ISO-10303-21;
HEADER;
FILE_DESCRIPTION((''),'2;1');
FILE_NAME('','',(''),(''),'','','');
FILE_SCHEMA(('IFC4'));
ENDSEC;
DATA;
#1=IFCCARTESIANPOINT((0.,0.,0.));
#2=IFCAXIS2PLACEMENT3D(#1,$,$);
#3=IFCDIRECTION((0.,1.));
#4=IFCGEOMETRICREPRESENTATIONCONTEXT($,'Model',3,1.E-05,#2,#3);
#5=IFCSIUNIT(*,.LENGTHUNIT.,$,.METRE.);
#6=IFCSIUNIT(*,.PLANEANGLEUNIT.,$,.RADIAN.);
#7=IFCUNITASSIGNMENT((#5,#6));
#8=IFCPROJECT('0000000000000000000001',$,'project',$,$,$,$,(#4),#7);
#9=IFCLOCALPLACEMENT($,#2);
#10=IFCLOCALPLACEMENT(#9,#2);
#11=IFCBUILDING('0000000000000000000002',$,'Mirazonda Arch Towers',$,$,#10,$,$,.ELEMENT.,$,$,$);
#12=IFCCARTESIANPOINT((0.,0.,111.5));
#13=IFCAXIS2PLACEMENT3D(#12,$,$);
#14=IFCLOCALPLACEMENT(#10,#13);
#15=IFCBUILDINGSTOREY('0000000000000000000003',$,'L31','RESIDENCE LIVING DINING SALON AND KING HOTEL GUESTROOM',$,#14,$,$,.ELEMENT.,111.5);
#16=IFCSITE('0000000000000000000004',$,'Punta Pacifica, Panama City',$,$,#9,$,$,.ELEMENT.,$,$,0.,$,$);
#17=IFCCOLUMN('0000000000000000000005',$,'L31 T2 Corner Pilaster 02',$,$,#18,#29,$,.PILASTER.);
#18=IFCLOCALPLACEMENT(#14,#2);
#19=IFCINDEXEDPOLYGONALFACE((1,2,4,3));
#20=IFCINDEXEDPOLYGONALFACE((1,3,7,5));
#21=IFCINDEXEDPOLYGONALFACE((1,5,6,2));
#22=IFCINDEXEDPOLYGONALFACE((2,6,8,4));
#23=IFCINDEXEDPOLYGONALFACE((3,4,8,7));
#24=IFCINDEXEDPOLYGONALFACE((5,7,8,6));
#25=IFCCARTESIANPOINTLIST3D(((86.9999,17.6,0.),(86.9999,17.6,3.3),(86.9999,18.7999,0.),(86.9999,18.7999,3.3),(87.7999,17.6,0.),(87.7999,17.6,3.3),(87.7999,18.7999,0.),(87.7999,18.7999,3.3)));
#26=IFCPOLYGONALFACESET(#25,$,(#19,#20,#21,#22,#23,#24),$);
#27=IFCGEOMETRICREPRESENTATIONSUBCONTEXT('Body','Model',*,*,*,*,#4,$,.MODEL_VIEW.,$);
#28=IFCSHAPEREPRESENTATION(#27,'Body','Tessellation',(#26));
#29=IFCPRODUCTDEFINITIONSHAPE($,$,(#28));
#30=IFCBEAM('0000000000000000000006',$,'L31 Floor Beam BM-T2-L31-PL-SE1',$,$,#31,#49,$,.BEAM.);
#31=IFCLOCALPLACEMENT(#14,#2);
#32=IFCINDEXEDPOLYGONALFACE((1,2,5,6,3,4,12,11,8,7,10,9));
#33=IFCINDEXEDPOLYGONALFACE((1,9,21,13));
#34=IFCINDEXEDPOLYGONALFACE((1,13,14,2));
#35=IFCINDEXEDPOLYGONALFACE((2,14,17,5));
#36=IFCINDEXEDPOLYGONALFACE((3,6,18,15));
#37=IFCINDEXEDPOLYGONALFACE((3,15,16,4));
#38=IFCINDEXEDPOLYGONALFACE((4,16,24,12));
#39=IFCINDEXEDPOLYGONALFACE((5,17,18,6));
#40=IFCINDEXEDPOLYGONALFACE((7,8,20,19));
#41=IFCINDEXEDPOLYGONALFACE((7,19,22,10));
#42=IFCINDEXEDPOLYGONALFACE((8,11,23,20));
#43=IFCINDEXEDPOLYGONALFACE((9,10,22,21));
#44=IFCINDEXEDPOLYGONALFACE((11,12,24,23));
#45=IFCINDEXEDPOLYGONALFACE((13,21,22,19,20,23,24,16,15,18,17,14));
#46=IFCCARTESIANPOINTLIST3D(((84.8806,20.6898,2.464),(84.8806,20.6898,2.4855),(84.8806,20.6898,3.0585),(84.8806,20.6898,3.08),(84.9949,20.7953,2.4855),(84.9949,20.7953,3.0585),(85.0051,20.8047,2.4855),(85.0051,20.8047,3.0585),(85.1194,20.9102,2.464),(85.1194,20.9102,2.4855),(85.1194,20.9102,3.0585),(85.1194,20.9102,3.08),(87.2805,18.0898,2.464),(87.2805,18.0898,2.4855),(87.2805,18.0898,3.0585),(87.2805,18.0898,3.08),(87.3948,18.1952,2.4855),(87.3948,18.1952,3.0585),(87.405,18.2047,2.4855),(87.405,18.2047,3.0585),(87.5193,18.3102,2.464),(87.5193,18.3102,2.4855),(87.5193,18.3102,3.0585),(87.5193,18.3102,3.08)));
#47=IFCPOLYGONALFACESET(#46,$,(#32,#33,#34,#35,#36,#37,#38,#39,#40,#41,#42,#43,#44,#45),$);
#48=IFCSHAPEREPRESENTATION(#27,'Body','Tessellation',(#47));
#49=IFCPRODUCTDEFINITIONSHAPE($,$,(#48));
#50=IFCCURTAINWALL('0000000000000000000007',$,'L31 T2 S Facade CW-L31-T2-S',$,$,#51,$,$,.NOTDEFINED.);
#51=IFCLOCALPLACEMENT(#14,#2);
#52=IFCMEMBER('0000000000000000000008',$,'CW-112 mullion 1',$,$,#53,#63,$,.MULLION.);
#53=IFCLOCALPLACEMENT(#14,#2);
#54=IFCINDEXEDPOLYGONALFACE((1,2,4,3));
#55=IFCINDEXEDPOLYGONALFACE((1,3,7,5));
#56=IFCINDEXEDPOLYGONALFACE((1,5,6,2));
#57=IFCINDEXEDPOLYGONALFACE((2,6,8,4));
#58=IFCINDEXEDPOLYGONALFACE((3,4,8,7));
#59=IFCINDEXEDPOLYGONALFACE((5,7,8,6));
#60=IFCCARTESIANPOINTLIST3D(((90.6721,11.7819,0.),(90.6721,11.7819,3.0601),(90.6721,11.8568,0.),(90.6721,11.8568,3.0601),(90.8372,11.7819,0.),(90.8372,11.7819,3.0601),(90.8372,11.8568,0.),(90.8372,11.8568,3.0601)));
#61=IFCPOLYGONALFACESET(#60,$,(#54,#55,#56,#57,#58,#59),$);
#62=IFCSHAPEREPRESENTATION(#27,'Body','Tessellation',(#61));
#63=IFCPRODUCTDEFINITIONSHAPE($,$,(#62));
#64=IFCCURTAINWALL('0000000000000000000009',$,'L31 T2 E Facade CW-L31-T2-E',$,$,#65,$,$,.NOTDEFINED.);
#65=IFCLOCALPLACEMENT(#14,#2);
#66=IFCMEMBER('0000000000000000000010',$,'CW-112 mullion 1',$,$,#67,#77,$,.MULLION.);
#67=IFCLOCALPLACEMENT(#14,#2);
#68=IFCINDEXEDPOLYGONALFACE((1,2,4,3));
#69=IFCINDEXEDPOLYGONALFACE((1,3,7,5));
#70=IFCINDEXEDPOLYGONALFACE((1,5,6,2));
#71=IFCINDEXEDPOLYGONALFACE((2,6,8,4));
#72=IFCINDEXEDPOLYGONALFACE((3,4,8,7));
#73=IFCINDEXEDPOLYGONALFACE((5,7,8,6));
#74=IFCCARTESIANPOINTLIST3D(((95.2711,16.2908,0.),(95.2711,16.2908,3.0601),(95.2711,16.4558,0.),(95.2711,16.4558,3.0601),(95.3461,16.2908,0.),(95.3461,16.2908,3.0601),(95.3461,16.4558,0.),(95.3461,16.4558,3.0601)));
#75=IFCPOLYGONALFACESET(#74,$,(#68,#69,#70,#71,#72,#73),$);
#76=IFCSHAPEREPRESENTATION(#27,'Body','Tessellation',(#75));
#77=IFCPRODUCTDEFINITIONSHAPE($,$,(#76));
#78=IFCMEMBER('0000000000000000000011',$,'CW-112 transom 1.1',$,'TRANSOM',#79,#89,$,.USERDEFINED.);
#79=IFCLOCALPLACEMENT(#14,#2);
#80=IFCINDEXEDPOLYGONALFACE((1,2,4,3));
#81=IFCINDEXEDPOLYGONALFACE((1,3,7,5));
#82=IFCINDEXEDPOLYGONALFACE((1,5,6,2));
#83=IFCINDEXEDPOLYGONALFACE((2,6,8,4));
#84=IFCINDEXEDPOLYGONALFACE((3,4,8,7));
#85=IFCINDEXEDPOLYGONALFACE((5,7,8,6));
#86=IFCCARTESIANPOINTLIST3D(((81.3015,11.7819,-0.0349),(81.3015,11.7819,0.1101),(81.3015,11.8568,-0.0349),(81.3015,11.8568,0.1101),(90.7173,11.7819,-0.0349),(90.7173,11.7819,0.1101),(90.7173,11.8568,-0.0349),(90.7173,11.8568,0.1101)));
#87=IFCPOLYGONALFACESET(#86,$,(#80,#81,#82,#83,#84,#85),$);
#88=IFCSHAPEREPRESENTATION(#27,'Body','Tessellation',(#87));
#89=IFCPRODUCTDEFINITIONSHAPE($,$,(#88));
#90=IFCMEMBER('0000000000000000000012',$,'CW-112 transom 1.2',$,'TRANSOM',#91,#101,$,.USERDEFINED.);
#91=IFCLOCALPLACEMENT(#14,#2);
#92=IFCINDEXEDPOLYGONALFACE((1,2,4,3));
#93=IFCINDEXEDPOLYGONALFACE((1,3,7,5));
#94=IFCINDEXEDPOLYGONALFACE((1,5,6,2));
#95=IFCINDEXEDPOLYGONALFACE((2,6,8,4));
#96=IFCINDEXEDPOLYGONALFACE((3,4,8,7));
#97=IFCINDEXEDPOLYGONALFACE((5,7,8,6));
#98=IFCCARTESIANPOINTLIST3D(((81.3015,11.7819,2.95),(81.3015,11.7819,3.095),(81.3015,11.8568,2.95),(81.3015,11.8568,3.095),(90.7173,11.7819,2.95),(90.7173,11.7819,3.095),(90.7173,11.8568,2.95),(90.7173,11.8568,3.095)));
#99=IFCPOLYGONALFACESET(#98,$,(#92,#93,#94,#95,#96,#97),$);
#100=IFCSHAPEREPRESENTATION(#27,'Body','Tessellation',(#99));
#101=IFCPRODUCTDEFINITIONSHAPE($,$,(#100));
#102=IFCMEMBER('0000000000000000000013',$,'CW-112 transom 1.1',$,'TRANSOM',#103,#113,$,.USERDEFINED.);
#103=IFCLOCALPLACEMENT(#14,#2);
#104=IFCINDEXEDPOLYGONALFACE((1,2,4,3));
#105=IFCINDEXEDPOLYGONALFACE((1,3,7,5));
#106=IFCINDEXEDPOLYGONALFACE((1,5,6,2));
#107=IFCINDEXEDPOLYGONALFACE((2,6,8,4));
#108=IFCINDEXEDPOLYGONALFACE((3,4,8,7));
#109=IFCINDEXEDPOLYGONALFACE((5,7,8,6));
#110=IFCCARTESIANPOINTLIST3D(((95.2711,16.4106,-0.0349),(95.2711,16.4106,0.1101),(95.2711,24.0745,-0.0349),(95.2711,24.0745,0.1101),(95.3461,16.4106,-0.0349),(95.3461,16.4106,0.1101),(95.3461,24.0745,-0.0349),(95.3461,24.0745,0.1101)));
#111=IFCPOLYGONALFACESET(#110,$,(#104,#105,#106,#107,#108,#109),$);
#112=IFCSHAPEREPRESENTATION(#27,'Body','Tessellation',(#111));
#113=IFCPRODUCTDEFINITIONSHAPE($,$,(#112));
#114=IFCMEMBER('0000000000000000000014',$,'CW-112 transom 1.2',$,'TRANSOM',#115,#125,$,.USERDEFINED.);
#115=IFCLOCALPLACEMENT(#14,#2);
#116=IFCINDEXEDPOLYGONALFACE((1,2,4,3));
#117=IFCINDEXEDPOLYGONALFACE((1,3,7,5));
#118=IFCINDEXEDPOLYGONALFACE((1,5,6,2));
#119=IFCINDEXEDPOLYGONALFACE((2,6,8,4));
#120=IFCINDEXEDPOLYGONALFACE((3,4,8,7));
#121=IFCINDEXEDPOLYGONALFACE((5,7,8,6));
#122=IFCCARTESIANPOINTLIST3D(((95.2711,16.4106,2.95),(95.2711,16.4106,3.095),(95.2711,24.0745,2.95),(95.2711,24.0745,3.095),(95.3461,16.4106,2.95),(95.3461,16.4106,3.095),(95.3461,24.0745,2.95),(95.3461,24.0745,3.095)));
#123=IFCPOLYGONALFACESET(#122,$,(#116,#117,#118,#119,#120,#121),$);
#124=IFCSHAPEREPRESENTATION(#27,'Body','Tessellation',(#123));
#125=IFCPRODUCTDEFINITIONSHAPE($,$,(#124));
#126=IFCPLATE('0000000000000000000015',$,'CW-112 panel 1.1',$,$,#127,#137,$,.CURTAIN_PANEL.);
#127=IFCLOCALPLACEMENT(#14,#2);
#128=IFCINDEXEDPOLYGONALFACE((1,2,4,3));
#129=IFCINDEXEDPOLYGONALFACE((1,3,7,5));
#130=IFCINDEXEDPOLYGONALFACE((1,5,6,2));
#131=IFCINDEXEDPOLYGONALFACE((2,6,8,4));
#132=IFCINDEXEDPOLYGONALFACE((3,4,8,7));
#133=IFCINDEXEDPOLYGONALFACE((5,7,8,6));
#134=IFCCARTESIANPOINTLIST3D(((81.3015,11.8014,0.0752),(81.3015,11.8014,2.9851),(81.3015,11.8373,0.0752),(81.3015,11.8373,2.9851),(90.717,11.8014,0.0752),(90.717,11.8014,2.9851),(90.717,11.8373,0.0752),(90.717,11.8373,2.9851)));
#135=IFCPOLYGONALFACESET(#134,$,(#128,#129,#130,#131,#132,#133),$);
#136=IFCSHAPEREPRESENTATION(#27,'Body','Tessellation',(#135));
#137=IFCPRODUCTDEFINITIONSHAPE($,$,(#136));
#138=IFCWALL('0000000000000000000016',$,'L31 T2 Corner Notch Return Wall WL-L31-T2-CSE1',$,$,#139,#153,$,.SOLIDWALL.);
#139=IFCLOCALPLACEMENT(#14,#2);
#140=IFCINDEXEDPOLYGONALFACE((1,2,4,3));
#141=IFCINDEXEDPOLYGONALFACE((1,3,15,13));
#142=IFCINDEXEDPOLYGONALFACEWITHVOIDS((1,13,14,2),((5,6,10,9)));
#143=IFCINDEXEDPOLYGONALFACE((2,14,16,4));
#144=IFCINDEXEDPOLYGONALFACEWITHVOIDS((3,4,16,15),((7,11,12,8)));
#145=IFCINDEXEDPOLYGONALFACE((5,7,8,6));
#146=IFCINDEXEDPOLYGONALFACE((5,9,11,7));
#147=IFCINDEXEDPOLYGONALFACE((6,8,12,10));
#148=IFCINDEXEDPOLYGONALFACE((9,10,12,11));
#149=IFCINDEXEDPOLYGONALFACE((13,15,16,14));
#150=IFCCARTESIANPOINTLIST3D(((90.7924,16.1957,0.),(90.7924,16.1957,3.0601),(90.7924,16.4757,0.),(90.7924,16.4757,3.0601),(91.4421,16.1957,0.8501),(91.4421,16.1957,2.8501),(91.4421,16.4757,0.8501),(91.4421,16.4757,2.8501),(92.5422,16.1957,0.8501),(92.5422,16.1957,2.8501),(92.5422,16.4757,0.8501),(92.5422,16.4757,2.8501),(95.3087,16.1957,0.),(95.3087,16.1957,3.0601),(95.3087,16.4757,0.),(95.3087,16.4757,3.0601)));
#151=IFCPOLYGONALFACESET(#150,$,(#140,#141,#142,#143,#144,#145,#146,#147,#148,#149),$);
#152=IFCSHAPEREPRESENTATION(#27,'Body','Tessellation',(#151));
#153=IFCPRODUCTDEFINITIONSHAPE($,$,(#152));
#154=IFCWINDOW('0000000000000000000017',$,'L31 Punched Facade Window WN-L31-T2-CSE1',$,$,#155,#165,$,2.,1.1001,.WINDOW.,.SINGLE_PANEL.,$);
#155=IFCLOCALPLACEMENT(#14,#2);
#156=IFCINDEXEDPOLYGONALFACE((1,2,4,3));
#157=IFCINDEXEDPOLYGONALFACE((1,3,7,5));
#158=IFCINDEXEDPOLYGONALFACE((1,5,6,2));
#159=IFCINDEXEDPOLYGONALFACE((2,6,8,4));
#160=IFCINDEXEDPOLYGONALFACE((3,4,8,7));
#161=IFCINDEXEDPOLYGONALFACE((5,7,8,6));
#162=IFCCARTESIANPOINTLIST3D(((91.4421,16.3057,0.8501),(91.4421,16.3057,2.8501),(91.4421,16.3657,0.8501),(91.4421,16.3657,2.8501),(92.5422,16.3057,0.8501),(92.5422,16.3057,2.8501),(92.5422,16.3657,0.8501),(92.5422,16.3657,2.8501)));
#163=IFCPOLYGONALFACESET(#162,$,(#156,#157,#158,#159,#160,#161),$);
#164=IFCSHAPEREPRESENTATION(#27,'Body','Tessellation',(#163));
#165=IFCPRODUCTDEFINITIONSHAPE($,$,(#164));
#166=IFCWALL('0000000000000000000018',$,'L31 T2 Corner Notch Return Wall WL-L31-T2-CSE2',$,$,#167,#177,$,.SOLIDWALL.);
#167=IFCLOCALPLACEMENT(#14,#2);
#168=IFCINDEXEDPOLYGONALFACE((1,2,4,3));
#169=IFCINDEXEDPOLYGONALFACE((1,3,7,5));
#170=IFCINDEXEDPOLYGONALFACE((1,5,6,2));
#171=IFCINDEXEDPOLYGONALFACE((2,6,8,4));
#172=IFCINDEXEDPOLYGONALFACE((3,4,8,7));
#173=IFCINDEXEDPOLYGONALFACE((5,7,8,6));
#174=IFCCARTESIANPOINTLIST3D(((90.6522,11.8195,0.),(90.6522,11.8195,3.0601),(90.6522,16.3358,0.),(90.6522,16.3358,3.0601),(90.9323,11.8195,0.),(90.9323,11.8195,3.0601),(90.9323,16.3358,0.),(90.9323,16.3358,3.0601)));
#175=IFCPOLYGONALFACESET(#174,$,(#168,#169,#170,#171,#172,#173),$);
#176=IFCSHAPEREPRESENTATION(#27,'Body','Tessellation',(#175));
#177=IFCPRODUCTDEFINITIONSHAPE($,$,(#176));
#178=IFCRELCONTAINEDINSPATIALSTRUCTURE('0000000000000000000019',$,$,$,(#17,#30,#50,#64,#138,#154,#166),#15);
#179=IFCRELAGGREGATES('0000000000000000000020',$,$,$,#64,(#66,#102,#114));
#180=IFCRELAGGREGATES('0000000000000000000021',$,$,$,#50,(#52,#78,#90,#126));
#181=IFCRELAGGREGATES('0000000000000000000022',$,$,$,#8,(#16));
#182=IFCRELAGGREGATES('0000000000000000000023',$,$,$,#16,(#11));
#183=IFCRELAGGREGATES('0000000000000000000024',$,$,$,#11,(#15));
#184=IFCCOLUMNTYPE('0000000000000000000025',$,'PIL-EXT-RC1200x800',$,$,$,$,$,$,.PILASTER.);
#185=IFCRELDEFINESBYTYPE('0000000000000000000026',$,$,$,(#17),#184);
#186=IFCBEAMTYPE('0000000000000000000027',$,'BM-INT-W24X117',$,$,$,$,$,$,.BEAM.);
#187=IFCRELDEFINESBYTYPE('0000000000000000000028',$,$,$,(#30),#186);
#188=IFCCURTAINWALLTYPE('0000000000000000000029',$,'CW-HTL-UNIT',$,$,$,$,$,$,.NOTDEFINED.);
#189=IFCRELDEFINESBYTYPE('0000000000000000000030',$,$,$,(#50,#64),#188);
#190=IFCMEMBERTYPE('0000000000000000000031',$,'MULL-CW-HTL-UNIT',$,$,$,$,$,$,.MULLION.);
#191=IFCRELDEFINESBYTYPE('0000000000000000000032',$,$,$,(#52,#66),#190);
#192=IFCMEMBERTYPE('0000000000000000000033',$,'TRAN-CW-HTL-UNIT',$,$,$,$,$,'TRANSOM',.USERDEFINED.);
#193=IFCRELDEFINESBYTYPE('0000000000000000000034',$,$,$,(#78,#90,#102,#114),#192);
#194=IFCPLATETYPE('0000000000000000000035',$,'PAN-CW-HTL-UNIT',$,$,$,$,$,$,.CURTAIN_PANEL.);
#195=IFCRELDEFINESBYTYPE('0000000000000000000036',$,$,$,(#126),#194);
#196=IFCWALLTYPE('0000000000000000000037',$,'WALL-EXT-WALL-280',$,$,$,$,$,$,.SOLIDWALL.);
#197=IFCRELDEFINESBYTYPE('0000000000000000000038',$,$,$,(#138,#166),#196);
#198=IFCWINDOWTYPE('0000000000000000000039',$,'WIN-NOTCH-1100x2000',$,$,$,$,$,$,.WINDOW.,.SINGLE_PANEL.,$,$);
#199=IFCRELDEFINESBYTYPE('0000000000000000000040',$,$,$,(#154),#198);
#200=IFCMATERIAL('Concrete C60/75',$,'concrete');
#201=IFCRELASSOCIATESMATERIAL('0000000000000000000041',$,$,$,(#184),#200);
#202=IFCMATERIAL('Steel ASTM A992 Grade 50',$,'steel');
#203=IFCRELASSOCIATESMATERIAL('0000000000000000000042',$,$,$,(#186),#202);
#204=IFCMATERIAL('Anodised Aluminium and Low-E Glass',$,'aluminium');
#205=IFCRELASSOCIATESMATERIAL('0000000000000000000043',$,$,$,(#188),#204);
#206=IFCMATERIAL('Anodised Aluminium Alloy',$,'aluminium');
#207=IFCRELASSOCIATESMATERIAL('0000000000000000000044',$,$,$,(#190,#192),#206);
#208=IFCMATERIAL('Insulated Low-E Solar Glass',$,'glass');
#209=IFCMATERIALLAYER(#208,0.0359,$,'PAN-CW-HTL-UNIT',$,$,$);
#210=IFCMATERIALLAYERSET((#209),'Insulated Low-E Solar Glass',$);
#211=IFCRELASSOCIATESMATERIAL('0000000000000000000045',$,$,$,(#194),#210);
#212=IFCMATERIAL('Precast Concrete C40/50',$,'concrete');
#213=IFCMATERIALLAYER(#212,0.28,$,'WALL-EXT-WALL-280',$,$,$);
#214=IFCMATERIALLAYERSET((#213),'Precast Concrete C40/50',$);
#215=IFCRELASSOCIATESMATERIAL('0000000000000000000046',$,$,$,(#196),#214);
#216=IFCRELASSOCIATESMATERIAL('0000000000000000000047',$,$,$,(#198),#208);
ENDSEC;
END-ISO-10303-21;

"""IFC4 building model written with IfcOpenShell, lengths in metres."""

from ifc_helpers import new_model, si_unit, direction, frame, frame_2d, origin, origin_2d, place, context, subcontext, project, spatial, rectangle, i_section, extrude, material, layer, layer_set, material_profile, profile_set, type_object, element, fill, aggregate, save


model = new_model("IFC4")

# Units and contexts
model_context = context("Model", 3, precision=1e-05, world=origin(), true_north=direction((0.0, 1.0)))
body_context = subcontext(model_context, "Body", "Model", "MODEL_VIEW")
ifc_project = project(units=[si_unit("LENGTHUNIT", "METRE"), si_unit("PLANEANGLEUNIT", "RADIAN")], contexts=[model_context])

# Site, building, storey
site_placement = place(None, origin())
site = spatial("IfcSite", under=ifc_project, at=site_placement, Name="Punta Pacifica, Panama City", CompositionType="ELEMENT", RefElevation=0.0)
building_placement = place(site_placement, origin())
building = spatial("IfcBuilding", under=site, at=building_placement, Name="Mirazonda Arch Towers", CompositionType="ELEMENT")
storey_placement = place(building_placement, frame((0.0, 0.0, 111.5)))
storey = spatial("IfcBuildingStorey", under=building, at=storey_placement, Name="L31", Description="RESIDENCE LIVING DINING SALON AND KING HOTEL GUESTROOM", CompositionType="ELEMENT", Elevation=111.5)

# Column
ifc_material_1 = material(Name="Concrete C60/75", Category="concrete")
ifc_material_profile_1 = material_profile(ifc_material_1, rectangle(XDim=0.8, YDim=1.2, at=origin_2d()), Name="RC1200x800")
ifc_profile_set_1 = profile_set([ifc_material_profile_1], Name="Concrete C60/75")
column_type = type_object("IfcColumnType", Name="PIL-EXT-RC1200x800", PredefinedType="PILASTER", material=ifc_profile_set_1)
column_placement = place(storey_placement, frame((87.3999, 18.2, 0.0), z_axis=(0.0, 0.0, 1.0), x_axis=(1.0, 0.0, 0.0)))
element("IfcColumn", 1, at=column_placement, inside=storey, type_object=column_type, Name="L31 T2 Corner Pilaster 02", PredefinedType="PILASTER", context=body_context, shape_type="SweptSolid", body=[
    extrude(rectangle(XDim=0.8, YDim=1.2, at=origin_2d()), origin(), (0.0, 0.0, 1.0), 3.3),
])

# Beam
ifc_material_2 = material(Name="Steel ASTM A992 Grade 50", Category="steel")
ifc_material_profile_2 = material_profile(ifc_material_2, i_section(OverallWidth=0.325, OverallDepth=0.616, WebThickness=0.0139, FlangeThickness=0.0215, at=origin_2d()), Name="W24X117")
ifc_profile_set_2 = profile_set([ifc_material_profile_2], Name="Steel ASTM A992 Grade 50")
beam_type = type_object("IfcBeamType", Name="BM-INT-W24X117", PredefinedType="BEAM", material=ifc_profile_set_2)
beam_placement = place(storey_placement, frame((87.3999, 18.2, 2.772), z_axis=(-0.678251, 0.73483, 0.0), x_axis=(-0.73483, -0.678251, 0.0)))
element("IfcBeam", 2, at=beam_placement, inside=storey, type_object=beam_type, Name="L31 Floor Beam BM-T2-L31-PL-SE1", PredefinedType="BEAM", context=body_context, shape_type="SweptSolid", body=[
    extrude(i_section(OverallWidth=0.325, OverallDepth=0.616, WebThickness=0.0139, FlangeThickness=0.0215, at=origin_2d()), origin(), (0.0, 0.0, 1.0), 3.5383),
])

# Curtain walls, members
ifc_material_3 = material(Name="Anodised Aluminium and Low-E Glass", Category="aluminium")
curtain_wall_type = type_object("IfcCurtainWallType", Name="CW-HTL-UNIT", PredefinedType="NOTDEFINED", material=ifc_material_3)
curtain_wall_1_placement = place(storey_placement, origin())
curtain_wall_1 = element("IfcCurtainWall", 3, at=curtain_wall_1_placement, inside=storey, type_object=curtain_wall_type, Name="L31 T2 S Facade CW-L31-T2-S", PredefinedType="NOTDEFINED")
ifc_material_4 = material(Name="Anodised Aluminium Alloy", Category="aluminium")
ifc_material_profile_3 = material_profile(ifc_material_4, rectangle(XDim=0.075, YDim=0.165, at=origin_2d()), Name="ALU-MULL-75x165")
ifc_profile_set_3 = profile_set([ifc_material_profile_3], Name="Anodised Aluminium Alloy")
member_type_1 = type_object("IfcMemberType", Name="MULL-CW-HTL-UNIT", PredefinedType="MULLION", material=ifc_profile_set_3)
member_1_placement = place(storey_placement, frame((90.7546, 11.8193, 0.0), z_axis=(0.0, 0.0, 1.0), x_axis=(0.0, -1.0, 0.0)))
member_1 = element("IfcMember", 4, at=member_1_placement, type_object=member_type_1, Name="CW-112 mullion 1", PredefinedType="MULLION", context=body_context, shape_type="SweptSolid", body=[
    extrude(rectangle(XDim=0.075, YDim=0.165, at=origin_2d()), origin(), (0.0, 0.0, 1.0), 3.0601),
])
curtain_wall_2_placement = place(storey_placement, origin())
curtain_wall_2 = element("IfcCurtainWall", 5, at=curtain_wall_2_placement, inside=storey, type_object=curtain_wall_type, Name="L31 T2 E Facade CW-L31-T2-E", PredefinedType="NOTDEFINED")
member_2_placement = place(storey_placement, frame((95.3086, 16.3733, 0.0), z_axis=(0.0, 0.0, 1.0), x_axis=(-1.0, 0.0, 0.0)))
member_2 = element("IfcMember", 6, at=member_2_placement, type_object=member_type_1, Name="CW-112 mullion 1", PredefinedType="MULLION", context=body_context, shape_type="SweptSolid", body=[
    extrude(rectangle(XDim=0.075, YDim=0.165, at=origin_2d()), origin(), (0.0, 0.0, 1.0), 3.0601),
])

# Members
ifc_material_profile_4 = material_profile(ifc_material_4, rectangle(XDim=0.075, YDim=0.145, at=origin_2d()), Name="ALU-TRAN-75x145")
ifc_profile_set_4 = profile_set([ifc_material_profile_4], Name="Anodised Aluminium Alloy")
member_type_2 = type_object("IfcMemberType", Name="TRAN-CW-HTL-UNIT", ElementType="TRANSOM", PredefinedType="USERDEFINED", material=ifc_profile_set_4)
member_3_placement = place(storey_placement, frame((90.7173, 11.8193, 0.0376), z_axis=(-1.0, 0.0, 0.0), x_axis=(0.0, -1.0, 0.0)))
member_3 = element("IfcMember", 7, at=member_3_placement, type_object=member_type_2, Name="CW-112 transom 1.1", ObjectType="TRANSOM", PredefinedType="USERDEFINED", context=body_context, shape_type="SweptSolid", body=[
    extrude(rectangle(XDim=0.075, YDim=0.145, at=origin_2d()), origin(), (0.0, 0.0, 1.0), 9.4158),
])
member_4_placement = place(storey_placement, frame((90.7173, 11.8193, 3.0225), z_axis=(-1.0, 0.0, 0.0), x_axis=(0.0, -1.0, 0.0)))
member_4 = element("IfcMember", 8, at=member_4_placement, type_object=member_type_2, Name="CW-112 transom 1.2", ObjectType="TRANSOM", PredefinedType="USERDEFINED", context=body_context, shape_type="SweptSolid", body=[
    extrude(rectangle(XDim=0.075, YDim=0.145, at=origin_2d()), origin(), (0.0, 0.0, 1.0), 9.4158),
])
member_5_placement = place(storey_placement, frame((95.3086, 16.4106, 0.0376), z_axis=(0.0, 1.0, 0.0), x_axis=(-1.0, 0.0, 0.0)))
member_5 = element("IfcMember", 9, at=member_5_placement, type_object=member_type_2, Name="CW-112 transom 1.1", ObjectType="TRANSOM", PredefinedType="USERDEFINED", context=body_context, shape_type="SweptSolid", body=[
    extrude(rectangle(XDim=0.075, YDim=0.145, at=origin_2d()), origin(), (0.0, 0.0, 1.0), 7.6638),
])
member_6_placement = place(storey_placement, frame((95.3086, 16.4106, 3.0225), z_axis=(0.0, 1.0, 0.0), x_axis=(-1.0, 0.0, 0.0)))
member_6 = element("IfcMember", 10, at=member_6_placement, type_object=member_type_2, Name="CW-112 transom 1.2", ObjectType="TRANSOM", PredefinedType="USERDEFINED", context=body_context, shape_type="SweptSolid", body=[
    extrude(rectangle(XDim=0.075, YDim=0.145, at=origin_2d()), origin(), (0.0, 0.0, 1.0), 7.6638),
])
aggregate(curtain_wall_2, [member_2, member_5, member_6])

# Plate
ifc_material_5 = material(Name="Insulated Low-E Solar Glass", Category="glass")
ifc_layer_1 = layer(ifc_material_5, 0.0359, Name="PAN-CW-HTL-UNIT")
ifc_layer_set_1 = layer_set([ifc_layer_1], Name="Insulated Low-E Solar Glass")
plate_type = type_object("IfcPlateType", Name="PAN-CW-HTL-UNIT", PredefinedType="CURTAIN_PANEL", material=ifc_layer_set_1)
plate_placement = place(storey_placement, frame((86.0093, 11.8193, 0.0752), z_axis=(0.0, 0.0, 1.0), x_axis=(-1.0, 0.0, 0.0)))
plate = element("IfcPlate", 11, at=plate_placement, type_object=plate_type, Name="CW-112 panel 1.1", PredefinedType="CURTAIN_PANEL", context=body_context, shape_type="SweptSolid", body=[
    extrude(rectangle(XDim=9.4155, YDim=0.0359, at=origin_2d()), origin(), (0.0, 0.0, 1.0), 2.9099),
])
aggregate(curtain_wall_1, [member_1, member_3, member_4, plate])

# Wall, opening, window
ifc_material_6 = material(Name="Precast Concrete C40/50", Category="concrete")
ifc_layer_2 = layer(ifc_material_6, 0.28, Name="WALL-EXT-WALL-280")
ifc_layer_set_2 = layer_set([ifc_layer_2], Name="Precast Concrete C40/50")
wall_type_1 = type_object("IfcWallType", Name="WALL-EXT-WALL-280", PredefinedType="SOLIDWALL", material=ifc_layer_set_2)
wall_1_placement = place(storey_placement, frame((90.7922, 16.3357, 0.0), z_axis=(0.0, 0.0, 1.0), x_axis=(1.0, 0.0, 0.0)))
wall_1 = element("IfcWall", 12, at=wall_1_placement, inside=storey, type_object=wall_type_1, Name="L31 T2 Corner Notch Return Wall WL-L31-T2-CSE1", PredefinedType="SOLIDWALL", context=body_context, shape_type="SweptSolid", body=[
    extrude(rectangle(XDim=4.5164, YDim=0.28, at=frame_2d((2.2583, 0.0))), origin(), (0.0, 0.0, 1.0), 3.0601),
])
opening_placement = place(wall_1_placement, frame((0.6499, 0.0, 0.8501)))
opening = element("IfcOpeningElement", 13, at=opening_placement, cuts=wall_1, PredefinedType="OPENING", context=body_context, shape_type="SweptSolid", body=[
    extrude(rectangle(XDim=1.1001, YDim=2.0, at=frame_2d((0.55, 1.0))), frame((0.0, 0.1499, 0.0), z_axis=(0.0, -1.0, 0.0), x_axis=(1.0, 0.0, 0.0)), (0.0, 0.0, 1.0), 0.3),
])
window_type = type_object("IfcWindowType", Name="WIN-NOTCH-1100x2000", PartitioningType="SINGLE_PANEL", PredefinedType="WINDOW", material=ifc_material_5)
window_placement = place(opening_placement, origin())
window = element("IfcWindow", 14, at=window_placement, inside=storey, type_object=window_type, Name="L31 Punched Facade Window WN-L31-T2-CSE1", OverallHeight=2.0, OverallWidth=1.1001, PartitioningType="SINGLE_PANEL", PredefinedType="WINDOW", context=body_context, shape_type="SweptSolid", body=[
    extrude(rectangle(XDim=1.1001, YDim=2.0, at=frame_2d((0.55, 1.0))), frame((0.0, 0.03, 0.0), z_axis=(0.0, -1.0, 0.0), x_axis=(1.0, 0.0, 0.0)), (0.0, 0.0, 1.0), 0.0601),
])
fill(opening, window)

# Wall
wall_2_placement = place(storey_placement, frame((90.7922, 11.8193, 0.0), z_axis=(0.0, 0.0, 1.0), x_axis=(0.0, 1.0, 0.0)))
element("IfcWall", 15, at=wall_2_placement, inside=storey, type_object=wall_type_1, Name="L31 T2 Corner Notch Return Wall WL-L31-T2-CSE2", PredefinedType="SOLIDWALL", context=body_context, shape_type="SweptSolid", body=[
    extrude(rectangle(XDim=4.5164, YDim=0.28, at=frame_2d((2.2583, 0.0))), origin(), (0.0, 0.0, 1.0), 3.0601),
])

save(model, "model.ifc")
